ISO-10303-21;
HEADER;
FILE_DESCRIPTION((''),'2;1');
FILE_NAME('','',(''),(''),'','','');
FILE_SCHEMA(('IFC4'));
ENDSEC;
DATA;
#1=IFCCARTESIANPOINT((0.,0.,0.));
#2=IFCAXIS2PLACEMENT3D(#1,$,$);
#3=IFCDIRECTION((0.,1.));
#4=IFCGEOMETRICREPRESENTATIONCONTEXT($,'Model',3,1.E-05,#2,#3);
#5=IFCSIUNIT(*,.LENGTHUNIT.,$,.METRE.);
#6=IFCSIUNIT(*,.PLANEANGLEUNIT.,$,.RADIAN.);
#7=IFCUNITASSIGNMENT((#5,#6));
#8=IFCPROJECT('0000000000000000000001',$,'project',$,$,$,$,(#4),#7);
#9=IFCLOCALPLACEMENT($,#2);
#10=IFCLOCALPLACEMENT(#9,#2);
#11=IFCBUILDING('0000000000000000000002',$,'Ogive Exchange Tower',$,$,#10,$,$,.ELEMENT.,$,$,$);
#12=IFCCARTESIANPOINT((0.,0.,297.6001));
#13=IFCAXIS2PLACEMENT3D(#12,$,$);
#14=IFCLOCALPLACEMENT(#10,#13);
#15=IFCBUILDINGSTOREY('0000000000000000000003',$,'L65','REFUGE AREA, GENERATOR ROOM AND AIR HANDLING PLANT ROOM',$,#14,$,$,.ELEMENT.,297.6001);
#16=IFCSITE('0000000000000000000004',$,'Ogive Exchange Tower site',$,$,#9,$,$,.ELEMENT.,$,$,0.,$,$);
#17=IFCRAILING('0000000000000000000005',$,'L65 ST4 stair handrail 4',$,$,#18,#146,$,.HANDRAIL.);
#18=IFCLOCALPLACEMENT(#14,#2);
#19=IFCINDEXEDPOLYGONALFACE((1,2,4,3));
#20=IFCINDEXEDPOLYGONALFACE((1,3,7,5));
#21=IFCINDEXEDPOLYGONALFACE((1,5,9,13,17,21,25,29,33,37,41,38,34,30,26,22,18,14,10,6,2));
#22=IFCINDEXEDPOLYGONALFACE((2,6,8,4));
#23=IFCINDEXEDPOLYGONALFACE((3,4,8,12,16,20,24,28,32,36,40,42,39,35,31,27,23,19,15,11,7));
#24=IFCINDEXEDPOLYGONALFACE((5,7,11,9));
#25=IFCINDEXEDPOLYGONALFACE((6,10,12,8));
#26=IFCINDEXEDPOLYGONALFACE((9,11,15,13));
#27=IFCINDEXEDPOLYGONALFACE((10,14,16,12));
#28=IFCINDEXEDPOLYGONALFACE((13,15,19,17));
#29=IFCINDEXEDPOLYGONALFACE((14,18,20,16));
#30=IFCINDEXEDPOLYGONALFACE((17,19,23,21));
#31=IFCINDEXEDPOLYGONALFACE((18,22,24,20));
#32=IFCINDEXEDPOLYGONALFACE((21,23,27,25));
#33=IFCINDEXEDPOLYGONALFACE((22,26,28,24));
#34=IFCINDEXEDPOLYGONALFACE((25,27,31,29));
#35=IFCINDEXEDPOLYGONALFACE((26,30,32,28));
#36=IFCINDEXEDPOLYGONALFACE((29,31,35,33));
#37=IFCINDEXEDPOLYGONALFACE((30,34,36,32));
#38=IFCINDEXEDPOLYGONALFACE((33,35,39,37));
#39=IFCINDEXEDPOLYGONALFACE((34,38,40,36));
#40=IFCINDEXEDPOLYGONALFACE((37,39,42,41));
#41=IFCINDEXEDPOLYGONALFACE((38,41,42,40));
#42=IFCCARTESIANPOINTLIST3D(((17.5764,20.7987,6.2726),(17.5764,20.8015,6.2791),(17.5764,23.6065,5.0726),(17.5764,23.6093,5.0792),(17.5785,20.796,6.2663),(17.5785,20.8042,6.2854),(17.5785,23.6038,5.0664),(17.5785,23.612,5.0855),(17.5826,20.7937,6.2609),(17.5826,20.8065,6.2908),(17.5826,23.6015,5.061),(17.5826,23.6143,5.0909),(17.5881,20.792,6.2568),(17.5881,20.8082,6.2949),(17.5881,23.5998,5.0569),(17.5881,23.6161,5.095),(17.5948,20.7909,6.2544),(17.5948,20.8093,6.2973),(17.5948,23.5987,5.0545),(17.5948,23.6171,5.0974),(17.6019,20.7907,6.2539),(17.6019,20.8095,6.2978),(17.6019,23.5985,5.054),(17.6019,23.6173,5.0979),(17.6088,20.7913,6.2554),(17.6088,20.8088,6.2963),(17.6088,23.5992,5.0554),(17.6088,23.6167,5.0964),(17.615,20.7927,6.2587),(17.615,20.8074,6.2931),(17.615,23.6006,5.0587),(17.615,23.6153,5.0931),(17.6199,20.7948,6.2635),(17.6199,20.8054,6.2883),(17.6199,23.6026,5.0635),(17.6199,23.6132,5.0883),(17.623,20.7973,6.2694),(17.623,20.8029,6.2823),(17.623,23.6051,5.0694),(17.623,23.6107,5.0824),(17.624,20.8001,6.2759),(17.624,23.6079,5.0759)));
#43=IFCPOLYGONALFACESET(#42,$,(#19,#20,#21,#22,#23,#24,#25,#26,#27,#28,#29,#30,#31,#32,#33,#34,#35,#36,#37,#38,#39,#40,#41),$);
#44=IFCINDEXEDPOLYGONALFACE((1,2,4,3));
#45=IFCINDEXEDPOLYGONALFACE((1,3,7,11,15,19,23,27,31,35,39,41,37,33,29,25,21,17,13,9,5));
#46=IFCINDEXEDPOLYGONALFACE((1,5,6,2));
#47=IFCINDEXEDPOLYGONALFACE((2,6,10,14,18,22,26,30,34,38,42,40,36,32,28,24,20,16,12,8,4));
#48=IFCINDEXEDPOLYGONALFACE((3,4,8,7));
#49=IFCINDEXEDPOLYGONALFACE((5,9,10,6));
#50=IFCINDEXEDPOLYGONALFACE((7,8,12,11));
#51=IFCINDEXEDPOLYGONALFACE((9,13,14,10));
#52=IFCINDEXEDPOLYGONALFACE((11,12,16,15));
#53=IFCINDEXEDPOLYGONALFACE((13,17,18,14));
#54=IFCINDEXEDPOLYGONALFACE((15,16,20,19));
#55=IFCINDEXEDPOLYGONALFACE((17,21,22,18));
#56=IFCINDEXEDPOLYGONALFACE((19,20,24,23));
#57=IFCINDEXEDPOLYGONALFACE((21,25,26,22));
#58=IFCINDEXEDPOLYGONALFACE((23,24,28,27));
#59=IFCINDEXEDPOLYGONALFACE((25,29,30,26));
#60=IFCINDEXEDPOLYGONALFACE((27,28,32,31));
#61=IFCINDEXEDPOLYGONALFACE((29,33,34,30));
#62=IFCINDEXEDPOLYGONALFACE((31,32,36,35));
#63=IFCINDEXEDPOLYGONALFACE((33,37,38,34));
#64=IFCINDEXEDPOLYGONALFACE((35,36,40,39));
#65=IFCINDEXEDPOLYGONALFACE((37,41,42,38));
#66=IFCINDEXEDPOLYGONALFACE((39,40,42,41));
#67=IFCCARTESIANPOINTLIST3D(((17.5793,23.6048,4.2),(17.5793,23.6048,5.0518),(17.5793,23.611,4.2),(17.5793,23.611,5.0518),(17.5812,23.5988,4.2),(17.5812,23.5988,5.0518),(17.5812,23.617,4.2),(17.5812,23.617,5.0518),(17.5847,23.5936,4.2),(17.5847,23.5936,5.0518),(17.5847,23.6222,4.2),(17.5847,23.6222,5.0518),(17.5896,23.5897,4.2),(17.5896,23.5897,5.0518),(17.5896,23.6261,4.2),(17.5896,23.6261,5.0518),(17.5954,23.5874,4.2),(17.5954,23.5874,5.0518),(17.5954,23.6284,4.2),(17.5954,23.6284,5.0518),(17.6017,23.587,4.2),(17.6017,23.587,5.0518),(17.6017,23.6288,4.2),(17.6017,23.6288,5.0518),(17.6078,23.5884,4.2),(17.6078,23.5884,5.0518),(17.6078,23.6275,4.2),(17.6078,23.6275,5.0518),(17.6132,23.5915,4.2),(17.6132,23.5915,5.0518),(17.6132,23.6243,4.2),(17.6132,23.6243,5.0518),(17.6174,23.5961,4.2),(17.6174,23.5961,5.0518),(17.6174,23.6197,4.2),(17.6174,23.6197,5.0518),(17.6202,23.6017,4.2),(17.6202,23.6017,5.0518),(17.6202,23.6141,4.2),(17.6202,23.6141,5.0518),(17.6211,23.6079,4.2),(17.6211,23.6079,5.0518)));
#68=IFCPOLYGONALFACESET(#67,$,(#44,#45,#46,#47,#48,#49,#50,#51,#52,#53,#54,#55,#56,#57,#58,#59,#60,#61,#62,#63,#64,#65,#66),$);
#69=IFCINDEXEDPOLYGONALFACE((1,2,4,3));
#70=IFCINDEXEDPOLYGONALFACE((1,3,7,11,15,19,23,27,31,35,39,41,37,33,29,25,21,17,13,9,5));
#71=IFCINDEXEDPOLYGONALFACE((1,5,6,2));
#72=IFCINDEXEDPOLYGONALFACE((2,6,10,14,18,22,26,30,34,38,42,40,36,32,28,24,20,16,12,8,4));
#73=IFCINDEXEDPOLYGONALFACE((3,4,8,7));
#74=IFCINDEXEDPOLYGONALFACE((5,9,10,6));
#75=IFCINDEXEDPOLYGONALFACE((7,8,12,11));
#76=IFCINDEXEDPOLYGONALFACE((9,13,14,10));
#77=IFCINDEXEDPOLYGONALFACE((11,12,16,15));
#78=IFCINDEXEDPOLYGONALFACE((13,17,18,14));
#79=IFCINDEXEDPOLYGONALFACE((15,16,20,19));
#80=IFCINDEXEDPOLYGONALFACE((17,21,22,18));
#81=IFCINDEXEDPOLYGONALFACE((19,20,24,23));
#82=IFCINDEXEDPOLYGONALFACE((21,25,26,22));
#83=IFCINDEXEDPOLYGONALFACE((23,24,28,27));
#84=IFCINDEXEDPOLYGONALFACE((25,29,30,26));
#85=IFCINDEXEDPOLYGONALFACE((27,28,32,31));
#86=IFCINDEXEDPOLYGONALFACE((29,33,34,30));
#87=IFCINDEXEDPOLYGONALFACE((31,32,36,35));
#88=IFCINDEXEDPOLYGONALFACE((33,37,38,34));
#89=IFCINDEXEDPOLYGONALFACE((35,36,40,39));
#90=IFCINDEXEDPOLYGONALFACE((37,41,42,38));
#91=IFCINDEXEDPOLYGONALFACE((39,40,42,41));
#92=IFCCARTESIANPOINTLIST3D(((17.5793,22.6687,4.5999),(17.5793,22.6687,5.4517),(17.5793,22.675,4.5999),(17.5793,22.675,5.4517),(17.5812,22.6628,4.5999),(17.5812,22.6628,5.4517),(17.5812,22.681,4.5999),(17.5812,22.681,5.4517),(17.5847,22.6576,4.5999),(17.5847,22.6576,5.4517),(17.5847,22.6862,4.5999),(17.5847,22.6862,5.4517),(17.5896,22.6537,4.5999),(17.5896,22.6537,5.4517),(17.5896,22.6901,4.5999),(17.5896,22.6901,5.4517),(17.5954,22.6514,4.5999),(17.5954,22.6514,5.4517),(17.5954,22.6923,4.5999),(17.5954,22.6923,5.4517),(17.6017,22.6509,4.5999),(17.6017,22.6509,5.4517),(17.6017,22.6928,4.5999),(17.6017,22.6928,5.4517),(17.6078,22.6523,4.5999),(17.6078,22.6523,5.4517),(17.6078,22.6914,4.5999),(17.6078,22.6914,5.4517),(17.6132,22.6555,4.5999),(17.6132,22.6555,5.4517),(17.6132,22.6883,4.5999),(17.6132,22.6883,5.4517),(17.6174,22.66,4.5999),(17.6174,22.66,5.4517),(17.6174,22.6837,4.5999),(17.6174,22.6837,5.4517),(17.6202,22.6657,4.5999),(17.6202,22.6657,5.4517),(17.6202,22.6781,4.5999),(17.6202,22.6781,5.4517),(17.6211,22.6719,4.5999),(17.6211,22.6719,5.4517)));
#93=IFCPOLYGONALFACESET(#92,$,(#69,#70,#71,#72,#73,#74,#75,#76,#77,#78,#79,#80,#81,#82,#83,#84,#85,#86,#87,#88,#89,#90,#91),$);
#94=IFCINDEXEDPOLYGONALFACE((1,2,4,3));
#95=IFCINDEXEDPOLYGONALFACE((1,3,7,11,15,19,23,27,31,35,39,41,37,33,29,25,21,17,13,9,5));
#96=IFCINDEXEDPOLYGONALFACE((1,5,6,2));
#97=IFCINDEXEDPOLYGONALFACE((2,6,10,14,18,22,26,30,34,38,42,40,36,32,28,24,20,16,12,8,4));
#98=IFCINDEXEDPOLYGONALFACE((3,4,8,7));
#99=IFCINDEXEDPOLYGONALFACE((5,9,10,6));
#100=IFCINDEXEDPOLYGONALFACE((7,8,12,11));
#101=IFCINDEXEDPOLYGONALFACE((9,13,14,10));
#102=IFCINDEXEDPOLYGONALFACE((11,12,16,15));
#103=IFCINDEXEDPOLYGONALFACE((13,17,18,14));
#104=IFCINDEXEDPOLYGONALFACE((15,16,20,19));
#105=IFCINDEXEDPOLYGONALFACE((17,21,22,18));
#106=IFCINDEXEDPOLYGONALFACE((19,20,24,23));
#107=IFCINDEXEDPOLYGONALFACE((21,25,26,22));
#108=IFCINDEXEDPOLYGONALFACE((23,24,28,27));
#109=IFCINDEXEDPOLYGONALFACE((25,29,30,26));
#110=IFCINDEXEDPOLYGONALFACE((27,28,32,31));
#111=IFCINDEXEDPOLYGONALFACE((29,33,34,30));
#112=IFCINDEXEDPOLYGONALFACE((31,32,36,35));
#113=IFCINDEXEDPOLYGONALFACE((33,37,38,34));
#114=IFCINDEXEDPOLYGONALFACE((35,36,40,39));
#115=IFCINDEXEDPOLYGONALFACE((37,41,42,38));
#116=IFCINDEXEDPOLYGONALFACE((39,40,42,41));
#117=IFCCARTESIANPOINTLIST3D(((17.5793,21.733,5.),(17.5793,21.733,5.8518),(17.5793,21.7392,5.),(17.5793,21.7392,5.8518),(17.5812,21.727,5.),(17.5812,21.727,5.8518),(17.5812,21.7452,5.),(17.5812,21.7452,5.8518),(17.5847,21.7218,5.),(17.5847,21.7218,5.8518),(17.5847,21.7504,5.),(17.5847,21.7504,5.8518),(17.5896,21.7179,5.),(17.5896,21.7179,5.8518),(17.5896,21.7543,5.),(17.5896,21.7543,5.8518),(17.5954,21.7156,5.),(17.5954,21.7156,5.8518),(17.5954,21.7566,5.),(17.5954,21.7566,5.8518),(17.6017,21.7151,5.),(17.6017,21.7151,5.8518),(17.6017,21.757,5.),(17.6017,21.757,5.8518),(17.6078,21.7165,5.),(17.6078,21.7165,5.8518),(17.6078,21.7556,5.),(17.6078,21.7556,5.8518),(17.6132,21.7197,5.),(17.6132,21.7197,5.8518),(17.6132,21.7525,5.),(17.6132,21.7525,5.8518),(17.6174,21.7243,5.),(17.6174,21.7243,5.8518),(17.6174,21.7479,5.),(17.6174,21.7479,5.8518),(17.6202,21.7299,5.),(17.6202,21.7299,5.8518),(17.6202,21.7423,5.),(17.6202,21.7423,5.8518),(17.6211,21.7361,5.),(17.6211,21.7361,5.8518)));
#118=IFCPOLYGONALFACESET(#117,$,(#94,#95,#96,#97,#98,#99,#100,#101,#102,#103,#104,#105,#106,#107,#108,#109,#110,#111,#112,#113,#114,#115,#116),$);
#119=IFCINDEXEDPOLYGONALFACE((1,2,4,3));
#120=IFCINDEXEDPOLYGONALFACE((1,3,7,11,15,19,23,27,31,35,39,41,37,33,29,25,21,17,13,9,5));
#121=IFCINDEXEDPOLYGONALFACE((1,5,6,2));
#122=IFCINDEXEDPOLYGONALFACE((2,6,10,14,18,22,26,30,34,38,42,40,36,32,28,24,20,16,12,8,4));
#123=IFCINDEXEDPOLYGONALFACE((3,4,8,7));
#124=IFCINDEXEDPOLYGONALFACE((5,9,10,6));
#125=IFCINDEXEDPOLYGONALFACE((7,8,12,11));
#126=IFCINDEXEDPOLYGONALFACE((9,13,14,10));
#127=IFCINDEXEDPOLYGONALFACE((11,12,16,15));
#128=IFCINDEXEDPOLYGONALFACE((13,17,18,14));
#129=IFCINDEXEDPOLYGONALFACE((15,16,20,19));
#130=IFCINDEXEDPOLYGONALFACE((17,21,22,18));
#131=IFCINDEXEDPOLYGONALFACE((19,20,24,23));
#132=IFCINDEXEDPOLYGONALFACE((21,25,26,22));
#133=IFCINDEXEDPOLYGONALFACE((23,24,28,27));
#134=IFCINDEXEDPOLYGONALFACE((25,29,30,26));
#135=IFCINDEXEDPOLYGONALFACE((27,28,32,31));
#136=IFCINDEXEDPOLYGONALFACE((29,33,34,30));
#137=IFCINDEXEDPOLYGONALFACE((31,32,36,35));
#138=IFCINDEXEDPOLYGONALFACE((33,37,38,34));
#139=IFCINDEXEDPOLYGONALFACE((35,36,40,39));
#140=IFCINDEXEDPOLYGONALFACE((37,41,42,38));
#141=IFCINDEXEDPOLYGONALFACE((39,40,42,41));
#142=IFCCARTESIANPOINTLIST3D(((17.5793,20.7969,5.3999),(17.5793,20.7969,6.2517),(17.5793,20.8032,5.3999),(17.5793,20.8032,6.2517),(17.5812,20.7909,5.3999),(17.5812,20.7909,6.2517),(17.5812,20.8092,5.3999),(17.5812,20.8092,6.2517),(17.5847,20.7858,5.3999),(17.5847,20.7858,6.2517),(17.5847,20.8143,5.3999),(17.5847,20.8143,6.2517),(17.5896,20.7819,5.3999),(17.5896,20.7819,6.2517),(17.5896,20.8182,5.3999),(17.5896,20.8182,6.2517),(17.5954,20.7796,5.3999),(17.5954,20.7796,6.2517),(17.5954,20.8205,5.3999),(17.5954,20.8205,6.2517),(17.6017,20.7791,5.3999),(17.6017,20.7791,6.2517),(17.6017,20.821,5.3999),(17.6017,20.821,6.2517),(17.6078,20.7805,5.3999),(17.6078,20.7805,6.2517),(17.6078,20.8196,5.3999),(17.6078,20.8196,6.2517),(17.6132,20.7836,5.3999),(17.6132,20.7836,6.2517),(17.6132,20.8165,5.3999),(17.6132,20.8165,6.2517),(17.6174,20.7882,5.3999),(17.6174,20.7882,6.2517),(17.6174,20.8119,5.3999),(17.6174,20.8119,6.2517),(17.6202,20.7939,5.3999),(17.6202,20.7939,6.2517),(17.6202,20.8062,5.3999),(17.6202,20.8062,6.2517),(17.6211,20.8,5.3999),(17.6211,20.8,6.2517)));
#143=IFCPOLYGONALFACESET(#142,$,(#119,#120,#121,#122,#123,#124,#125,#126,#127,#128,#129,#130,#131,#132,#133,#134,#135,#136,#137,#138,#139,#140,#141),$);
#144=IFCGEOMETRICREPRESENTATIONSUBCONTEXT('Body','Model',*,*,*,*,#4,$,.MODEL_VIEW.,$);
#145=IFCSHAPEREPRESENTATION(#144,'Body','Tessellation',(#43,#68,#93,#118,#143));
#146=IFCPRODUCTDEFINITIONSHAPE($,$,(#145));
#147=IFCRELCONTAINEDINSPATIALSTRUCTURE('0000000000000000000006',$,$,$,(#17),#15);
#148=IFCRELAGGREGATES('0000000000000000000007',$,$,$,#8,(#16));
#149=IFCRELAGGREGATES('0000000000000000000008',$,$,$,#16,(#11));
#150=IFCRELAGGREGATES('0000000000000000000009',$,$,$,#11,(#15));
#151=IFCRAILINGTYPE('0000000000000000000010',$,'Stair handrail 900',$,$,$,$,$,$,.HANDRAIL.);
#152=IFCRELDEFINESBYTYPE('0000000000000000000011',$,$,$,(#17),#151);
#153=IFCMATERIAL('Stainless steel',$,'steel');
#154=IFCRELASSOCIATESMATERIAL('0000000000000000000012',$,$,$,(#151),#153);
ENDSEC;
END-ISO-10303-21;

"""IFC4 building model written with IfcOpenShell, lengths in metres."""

from ifc_helpers import new_model, si_unit, direction, frame, origin, origin_2d, place, context, subcontext, project, spatial, circle, extrude, material, type_object, element, save


model = new_model("IFC4")

# Units and contexts
model_context = context("Model", 3, precision=1e-05, world=origin(), true_north=direction((0.0, 1.0)))
body_context = subcontext(model_context, "Body", "Model", "MODEL_VIEW")
ifc_project = project(units=[si_unit("LENGTHUNIT", "METRE"), si_unit("PLANEANGLEUNIT", "RADIAN")], contexts=[model_context])

# Site, building, storey
site_placement = place(None, origin())
site = spatial("IfcSite", under=ifc_project, at=site_placement, Name="Ogive Exchange Tower site", CompositionType="ELEMENT", RefElevation=0.0)
building_placement = place(site_placement, origin())
building = spatial("IfcBuilding", under=site, at=building_placement, Name="Ogive Exchange Tower", CompositionType="ELEMENT")
storey_placement = place(building_placement, frame((0.0, 0.0, 297.6001)))
storey = spatial("IfcBuildingStorey", under=building, at=storey_placement, Name="L65", Description="REFUGE AREA, GENERATOR ROOM AND AIR HANDLING PLANT ROOM", CompositionType="ELEMENT", Elevation=297.6001)

# Railing
ifc_material_1 = material(Name="Stainless steel", Category="steel")
railing_type = type_object("IfcRailingType", Name="Stair handrail 900", PredefinedType="HANDRAIL", material=ifc_material_1)
for number, where, name in (
    (1, (17.6001, 23.6079, 4.2), "L65 ST4 stair handrail 4"),
):
    element("IfcRailing", number, at=place(storey_placement, frame(where)), inside=storey, type_object=railing_type, Name=name, PredefinedType="HANDRAIL", context=body_context, shape_type="SweptSolid", body=[
        extrude(circle(Radius=0.0239, at=origin_2d()), frame((0.0, 0.0, 0.876), z_axis=(0.0, -0.91955, 0.392973), x_axis=(1.0, 0.0, 0.0)), (0.0, 0.0, 1.0), 3.0535),
        extrude(circle(Radius=0.021, at=origin_2d()), origin(), (0.0, 0.0, 1.0), 0.8518),
        extrude(circle(Radius=0.021, at=origin_2d()), frame((0.0, -0.936, 0.3999)), (0.0, 0.0, 1.0), 0.8518),
        extrude(circle(Radius=0.021, at=origin_2d()), frame((0.0, -1.8718, 0.8)), (0.0, 0.0, 1.0), 0.8518),
        extrude(circle(Radius=0.021, at=origin_2d()), frame((0.0, -2.8079, 1.2)), (0.0, 0.0, 1.0), 0.8518),
    ])

save(model, "model.ifc")
